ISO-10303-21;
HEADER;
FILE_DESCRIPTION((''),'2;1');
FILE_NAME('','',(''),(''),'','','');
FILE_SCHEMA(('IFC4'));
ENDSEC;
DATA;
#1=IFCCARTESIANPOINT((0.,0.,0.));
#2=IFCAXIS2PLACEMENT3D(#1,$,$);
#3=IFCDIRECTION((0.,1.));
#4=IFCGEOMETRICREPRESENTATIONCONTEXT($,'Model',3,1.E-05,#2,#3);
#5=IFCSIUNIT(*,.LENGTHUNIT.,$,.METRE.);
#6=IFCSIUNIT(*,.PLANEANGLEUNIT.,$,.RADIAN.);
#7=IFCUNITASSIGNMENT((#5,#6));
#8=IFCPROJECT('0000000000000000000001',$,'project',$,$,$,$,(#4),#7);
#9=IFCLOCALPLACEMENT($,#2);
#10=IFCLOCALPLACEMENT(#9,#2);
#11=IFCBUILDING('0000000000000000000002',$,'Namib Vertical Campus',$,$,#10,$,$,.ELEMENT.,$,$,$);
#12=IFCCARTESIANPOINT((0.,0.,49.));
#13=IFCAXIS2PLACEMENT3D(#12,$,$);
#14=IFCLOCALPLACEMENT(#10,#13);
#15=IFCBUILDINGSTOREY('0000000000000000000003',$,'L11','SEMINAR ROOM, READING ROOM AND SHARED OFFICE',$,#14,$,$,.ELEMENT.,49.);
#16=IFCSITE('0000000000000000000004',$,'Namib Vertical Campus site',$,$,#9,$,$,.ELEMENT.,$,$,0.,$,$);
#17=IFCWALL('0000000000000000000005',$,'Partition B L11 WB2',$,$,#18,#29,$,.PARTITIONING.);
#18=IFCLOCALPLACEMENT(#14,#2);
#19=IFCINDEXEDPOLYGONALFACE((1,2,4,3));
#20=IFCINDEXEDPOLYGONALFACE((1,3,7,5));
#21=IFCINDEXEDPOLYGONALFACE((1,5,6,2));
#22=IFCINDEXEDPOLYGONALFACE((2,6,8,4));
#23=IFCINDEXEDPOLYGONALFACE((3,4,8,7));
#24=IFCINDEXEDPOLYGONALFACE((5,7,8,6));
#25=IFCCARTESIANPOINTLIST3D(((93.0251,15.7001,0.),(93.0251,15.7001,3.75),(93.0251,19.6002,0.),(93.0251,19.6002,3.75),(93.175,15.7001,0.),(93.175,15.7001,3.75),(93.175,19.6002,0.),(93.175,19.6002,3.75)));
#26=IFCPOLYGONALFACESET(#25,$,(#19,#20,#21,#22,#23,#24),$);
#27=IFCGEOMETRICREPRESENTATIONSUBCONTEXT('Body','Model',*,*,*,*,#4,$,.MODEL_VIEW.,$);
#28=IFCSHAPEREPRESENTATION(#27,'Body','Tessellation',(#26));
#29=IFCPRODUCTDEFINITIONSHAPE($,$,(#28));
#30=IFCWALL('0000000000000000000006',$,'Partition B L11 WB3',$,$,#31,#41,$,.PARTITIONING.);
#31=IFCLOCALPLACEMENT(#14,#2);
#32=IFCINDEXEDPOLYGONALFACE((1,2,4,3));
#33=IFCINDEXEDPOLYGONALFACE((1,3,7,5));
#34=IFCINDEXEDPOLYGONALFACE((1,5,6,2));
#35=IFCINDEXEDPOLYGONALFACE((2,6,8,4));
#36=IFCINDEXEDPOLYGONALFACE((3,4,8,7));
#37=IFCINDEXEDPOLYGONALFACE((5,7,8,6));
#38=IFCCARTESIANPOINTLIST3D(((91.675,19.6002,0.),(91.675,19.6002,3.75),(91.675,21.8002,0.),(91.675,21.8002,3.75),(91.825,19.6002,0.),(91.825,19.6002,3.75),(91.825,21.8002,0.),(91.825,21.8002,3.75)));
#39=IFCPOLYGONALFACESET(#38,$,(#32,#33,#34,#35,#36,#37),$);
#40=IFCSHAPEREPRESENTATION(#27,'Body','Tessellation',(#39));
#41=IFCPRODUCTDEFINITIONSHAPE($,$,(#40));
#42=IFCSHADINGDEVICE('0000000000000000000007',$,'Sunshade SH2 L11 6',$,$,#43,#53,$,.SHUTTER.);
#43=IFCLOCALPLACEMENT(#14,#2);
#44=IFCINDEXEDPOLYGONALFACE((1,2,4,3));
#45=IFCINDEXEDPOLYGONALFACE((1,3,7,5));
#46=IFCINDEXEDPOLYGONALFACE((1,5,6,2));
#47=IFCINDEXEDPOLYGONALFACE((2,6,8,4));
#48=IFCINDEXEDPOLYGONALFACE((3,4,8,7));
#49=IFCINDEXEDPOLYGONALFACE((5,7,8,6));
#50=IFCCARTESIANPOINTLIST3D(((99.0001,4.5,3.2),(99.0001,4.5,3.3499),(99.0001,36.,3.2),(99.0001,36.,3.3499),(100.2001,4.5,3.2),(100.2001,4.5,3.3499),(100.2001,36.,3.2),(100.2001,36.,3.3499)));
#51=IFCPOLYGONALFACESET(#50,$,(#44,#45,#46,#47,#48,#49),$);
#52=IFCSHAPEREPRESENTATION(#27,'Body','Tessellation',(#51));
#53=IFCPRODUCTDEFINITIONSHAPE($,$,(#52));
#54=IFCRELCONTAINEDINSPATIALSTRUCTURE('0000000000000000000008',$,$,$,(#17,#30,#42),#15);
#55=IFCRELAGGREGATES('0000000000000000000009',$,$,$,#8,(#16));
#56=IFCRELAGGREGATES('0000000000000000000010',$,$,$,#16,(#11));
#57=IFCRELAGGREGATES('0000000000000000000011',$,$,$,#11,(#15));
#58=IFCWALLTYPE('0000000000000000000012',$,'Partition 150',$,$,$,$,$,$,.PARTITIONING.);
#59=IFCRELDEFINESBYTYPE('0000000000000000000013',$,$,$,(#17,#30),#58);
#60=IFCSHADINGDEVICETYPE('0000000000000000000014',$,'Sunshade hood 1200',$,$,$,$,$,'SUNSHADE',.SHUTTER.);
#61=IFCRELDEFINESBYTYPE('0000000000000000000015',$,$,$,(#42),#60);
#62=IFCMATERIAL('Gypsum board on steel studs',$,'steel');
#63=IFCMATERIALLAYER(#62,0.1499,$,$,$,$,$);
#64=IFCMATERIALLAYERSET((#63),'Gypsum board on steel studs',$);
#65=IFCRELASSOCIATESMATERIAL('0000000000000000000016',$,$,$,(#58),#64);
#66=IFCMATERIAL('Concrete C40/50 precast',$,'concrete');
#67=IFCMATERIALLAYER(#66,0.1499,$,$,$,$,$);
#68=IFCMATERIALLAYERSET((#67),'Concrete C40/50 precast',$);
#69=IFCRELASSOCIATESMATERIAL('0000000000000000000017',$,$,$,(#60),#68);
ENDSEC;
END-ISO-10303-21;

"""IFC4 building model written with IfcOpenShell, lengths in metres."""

from ifc_helpers import new_model, si_unit, direction, frame, frame_2d, origin, origin_2d, place, context, subcontext, project, spatial, rectangle, extrude, material, layer, layer_set, type_object, element, save


model = new_model("IFC4")

# Units and contexts
model_context = context("Model", 3, precision=1e-05, world=origin(), true_north=direction((0.0, 1.0)))
body_context = subcontext(model_context, "Body", "Model", "MODEL_VIEW")
ifc_project = project(units=[si_unit("LENGTHUNIT", "METRE"), si_unit("PLANEANGLEUNIT", "RADIAN")], contexts=[model_context])

# Site, building, storey
site_placement = place(None, origin())
site = spatial("IfcSite", under=ifc_project, at=site_placement, Name="Namib Vertical Campus site", CompositionType="ELEMENT", RefElevation=0.0)
building_placement = place(site_placement, origin())
building = spatial("IfcBuilding", under=site, at=building_placement, Name="Namib Vertical Campus", CompositionType="ELEMENT")
storey_placement = place(building_placement, frame((0.0, 0.0, 49.0)))
storey = spatial("IfcBuildingStorey", under=building, at=storey_placement, Name="L11", Description="SEMINAR ROOM, READING ROOM AND SHARED OFFICE", CompositionType="ELEMENT", Elevation=49.0)

# Shared definitions
ifc_material_1 = material(Name="Gypsum board on steel studs", Category="steel")
ifc_layer_1 = layer(ifc_material_1, 0.1499)
ifc_layer_set_1 = layer_set([ifc_layer_1], Name="Gypsum board on steel studs")
wall_type_1 = type_object("IfcWallType", Name="Partition 150", PredefinedType="PARTITIONING", material=ifc_layer_set_1)

# Walls
wall_1_placement = place(storey_placement, frame((93.1001, 15.7, 0.0), z_axis=(0.0, 0.0, 1.0), x_axis=(0.0, 1.0, 0.0)))
element("IfcWall", 1, at=wall_1_placement, inside=storey, type_object=wall_type_1, Name="Partition B L11 WB2", PredefinedType="PARTITIONING", context=body_context, shape_type="SweptSolid", body=[
    extrude(rectangle(XDim=3.9001, YDim=0.1499, at=frame_2d((1.9502, 0.0))), origin(), (0.0, 0.0, 1.0), 3.75),
])
wall_2_placement = place(storey_placement, frame((91.75, 19.6001, 0.0), z_axis=(0.0, 0.0, 1.0), x_axis=(0.0, 1.0, 0.0)))
element("IfcWall", 2, at=wall_2_placement, inside=storey, type_object=wall_type_1, Name="Partition B L11 WB3", PredefinedType="PARTITIONING", context=body_context, shape_type="SweptSolid", body=[
    extrude(rectangle(XDim=2.2, YDim=0.1499, at=frame_2d((1.1001, 0.0))), origin(), (0.0, 0.0, 1.0), 3.75),
])

# Shading device
ifc_material_2 = material(Name="Concrete C40/50 precast", Category="concrete")
ifc_layer_2 = layer(ifc_material_2, 0.1499)
ifc_layer_set_2 = layer_set([ifc_layer_2], Name="Concrete C40/50 precast")
shading_device_type = type_object("IfcShadingDeviceType", Name="Sunshade hood 1200", ElementType="SUNSHADE", PredefinedType="SHUTTER", material=ifc_layer_set_2)
shading_device_placement = place(storey_placement, frame((99.6001, 20.25, 3.2), z_axis=(0.0, 0.0, 1.0), x_axis=(0.0, 1.0, 0.0)))
element("IfcShadingDevice", 3, at=shading_device_placement, inside=storey, type_object=shading_device_type, Name="Sunshade SH2 L11 6", PredefinedType="SHUTTER", context=body_context, shape_type="SweptSolid", body=[
    extrude(rectangle(XDim=31.5, YDim=1.2, at=origin_2d()), origin(), (0.0, 0.0, 1.0), 0.1499),
])

save(model, "model.ifc")
